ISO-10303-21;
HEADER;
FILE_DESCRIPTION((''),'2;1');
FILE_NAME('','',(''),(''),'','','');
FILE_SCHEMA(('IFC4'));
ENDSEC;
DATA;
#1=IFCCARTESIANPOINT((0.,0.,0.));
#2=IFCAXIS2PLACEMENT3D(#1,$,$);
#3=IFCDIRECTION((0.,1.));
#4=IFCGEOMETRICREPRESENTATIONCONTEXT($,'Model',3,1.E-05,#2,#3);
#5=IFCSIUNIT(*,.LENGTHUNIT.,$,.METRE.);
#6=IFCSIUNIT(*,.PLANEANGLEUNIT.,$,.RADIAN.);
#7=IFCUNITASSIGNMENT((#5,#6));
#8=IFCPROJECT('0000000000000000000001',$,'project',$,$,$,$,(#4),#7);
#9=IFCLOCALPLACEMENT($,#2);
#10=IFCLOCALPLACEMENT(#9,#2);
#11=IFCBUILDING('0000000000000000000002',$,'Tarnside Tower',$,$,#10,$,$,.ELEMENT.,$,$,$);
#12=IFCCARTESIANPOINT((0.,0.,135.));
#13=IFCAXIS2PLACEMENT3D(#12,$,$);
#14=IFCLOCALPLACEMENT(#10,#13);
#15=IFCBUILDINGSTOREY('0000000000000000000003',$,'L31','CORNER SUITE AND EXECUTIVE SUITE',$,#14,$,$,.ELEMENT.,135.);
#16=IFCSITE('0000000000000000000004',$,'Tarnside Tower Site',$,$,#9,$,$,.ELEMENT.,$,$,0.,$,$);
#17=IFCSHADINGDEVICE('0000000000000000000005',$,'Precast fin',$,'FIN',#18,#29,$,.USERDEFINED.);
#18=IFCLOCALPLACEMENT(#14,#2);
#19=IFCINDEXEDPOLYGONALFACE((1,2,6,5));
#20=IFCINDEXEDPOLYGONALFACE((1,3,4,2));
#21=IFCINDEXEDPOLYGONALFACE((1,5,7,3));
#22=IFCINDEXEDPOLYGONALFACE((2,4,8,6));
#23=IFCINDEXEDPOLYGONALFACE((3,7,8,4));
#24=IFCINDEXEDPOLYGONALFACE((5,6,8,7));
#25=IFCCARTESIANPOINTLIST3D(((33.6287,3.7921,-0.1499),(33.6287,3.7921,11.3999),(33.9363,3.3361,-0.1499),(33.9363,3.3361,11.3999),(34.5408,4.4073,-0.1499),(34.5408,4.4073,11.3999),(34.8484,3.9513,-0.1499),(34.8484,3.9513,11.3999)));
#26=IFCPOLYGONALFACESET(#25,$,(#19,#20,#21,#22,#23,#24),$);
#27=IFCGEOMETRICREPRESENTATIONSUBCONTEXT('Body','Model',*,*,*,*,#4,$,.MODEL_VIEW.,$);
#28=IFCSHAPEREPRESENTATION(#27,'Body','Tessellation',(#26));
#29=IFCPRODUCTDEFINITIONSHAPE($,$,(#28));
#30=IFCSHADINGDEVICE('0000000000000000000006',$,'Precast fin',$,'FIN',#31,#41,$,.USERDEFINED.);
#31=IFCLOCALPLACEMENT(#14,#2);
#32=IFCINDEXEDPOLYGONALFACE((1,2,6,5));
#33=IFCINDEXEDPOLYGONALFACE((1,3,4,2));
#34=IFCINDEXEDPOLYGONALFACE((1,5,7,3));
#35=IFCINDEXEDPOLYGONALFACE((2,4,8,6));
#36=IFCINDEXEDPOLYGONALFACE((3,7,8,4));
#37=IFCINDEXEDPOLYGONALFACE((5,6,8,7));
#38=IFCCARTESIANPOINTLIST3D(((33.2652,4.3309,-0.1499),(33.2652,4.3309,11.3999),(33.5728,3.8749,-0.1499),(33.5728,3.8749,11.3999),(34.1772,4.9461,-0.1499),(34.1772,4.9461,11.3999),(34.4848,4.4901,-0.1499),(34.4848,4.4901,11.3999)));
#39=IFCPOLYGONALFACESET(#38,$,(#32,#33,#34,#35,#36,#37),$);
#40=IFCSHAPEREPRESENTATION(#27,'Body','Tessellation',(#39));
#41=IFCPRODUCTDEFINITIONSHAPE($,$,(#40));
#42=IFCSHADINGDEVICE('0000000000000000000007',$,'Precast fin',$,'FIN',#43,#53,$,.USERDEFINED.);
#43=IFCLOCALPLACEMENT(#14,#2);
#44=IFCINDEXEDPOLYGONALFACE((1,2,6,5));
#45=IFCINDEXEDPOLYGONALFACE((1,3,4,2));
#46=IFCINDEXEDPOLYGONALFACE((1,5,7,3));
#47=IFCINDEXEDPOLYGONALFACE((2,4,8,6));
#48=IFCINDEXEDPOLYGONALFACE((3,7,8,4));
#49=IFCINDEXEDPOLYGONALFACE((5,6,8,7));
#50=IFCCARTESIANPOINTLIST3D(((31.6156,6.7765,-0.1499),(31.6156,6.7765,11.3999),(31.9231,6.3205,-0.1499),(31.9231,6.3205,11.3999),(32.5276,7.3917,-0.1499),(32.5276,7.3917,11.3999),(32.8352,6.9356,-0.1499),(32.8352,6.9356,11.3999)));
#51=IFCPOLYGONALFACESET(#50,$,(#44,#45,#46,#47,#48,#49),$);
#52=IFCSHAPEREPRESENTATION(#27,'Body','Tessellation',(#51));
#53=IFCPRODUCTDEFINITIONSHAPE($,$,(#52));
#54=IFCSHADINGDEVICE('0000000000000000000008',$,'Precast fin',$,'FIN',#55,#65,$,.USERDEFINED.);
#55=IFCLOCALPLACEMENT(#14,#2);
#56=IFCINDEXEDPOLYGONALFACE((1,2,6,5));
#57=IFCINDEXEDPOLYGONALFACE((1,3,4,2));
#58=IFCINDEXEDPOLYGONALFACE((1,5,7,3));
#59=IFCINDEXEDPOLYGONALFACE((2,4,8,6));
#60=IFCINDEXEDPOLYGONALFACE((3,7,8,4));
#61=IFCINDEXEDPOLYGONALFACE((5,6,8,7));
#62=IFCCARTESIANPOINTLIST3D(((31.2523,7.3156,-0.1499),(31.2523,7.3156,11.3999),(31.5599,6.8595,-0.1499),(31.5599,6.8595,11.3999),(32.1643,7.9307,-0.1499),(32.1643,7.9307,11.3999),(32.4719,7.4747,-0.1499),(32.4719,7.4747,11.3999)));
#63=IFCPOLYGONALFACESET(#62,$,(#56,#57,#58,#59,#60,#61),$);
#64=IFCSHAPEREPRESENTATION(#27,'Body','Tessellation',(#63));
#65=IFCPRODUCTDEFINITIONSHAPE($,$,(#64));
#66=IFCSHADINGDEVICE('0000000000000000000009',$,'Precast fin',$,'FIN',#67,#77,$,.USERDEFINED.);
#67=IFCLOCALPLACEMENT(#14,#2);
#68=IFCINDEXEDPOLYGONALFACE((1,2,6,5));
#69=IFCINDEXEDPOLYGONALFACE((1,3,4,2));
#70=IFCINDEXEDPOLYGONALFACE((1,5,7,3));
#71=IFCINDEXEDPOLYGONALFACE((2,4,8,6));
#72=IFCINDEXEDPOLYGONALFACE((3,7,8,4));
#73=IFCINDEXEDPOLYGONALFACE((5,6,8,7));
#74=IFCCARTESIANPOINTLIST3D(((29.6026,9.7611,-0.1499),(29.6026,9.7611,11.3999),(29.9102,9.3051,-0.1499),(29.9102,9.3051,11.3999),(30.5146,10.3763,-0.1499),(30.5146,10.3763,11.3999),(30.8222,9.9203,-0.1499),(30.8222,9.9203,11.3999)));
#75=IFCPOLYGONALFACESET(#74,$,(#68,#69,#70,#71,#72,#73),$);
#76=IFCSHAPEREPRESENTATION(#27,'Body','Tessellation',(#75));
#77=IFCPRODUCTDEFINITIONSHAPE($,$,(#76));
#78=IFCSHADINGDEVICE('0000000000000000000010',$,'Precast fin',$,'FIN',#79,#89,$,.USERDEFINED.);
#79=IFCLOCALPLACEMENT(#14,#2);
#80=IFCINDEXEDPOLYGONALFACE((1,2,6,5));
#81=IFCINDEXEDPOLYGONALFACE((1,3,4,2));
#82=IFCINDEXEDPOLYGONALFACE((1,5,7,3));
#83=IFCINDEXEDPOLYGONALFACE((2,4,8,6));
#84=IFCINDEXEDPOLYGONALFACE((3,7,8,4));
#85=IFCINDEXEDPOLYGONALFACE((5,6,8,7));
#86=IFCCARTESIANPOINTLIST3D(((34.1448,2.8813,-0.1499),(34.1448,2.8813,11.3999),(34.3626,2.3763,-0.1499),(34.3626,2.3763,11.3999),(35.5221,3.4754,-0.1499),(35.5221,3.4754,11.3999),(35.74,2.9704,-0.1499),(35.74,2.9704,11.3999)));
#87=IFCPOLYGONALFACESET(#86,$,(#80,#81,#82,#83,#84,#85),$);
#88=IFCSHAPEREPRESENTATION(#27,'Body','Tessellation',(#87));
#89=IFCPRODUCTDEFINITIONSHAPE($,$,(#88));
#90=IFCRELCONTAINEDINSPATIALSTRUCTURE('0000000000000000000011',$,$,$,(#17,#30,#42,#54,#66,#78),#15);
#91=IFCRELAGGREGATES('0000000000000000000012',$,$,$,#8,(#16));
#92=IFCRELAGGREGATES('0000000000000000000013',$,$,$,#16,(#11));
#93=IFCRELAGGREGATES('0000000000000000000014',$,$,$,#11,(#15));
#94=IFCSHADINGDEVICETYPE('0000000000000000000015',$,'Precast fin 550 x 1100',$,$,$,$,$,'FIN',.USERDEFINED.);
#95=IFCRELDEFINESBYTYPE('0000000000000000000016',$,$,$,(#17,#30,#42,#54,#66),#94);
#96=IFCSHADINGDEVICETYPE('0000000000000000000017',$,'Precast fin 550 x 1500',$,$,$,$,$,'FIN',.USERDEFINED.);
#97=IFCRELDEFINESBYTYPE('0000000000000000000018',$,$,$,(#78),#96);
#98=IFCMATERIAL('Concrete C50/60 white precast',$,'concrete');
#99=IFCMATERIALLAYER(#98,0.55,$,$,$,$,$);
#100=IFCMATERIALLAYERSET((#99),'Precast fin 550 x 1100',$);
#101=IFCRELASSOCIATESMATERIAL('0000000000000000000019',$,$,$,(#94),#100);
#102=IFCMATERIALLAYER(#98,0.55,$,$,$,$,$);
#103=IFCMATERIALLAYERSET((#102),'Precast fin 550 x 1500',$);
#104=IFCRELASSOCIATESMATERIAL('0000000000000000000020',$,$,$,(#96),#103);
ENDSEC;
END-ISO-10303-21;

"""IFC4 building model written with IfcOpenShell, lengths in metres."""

from ifc_helpers import new_model, si_unit, direction, frame, origin, place, context, subcontext, project, spatial, polyline, outline, extrude, material, layer, layer_set, type_object, element, save


model = new_model("IFC4")

# Units and contexts
model_context = context("Model", 3, precision=1e-05, world=origin(), true_north=direction((0.0, 1.0)))
body_context = subcontext(model_context, "Body", "Model", "MODEL_VIEW")
ifc_project = project(units=[si_unit("LENGTHUNIT", "METRE"), si_unit("PLANEANGLEUNIT", "RADIAN")], contexts=[model_context])

# Site, building, storey
site_placement = place(None, origin())
site = spatial("IfcSite", under=ifc_project, at=site_placement, Name="Tarnside Tower Site", CompositionType="ELEMENT", RefElevation=0.0)
building_placement = place(site_placement, origin())
building = spatial("IfcBuilding", under=site, at=building_placement, Name="Tarnside Tower", CompositionType="ELEMENT")
storey_placement = place(building_placement, frame((0.0, 0.0, 135.0)))
storey = spatial("IfcBuildingStorey", under=building, at=storey_placement, Name="L31", Description="CORNER SUITE AND EXECUTIVE SUITE", CompositionType="ELEMENT", Elevation=135.0)

# Shading devices
ifc_material_1 = material(Name="Concrete C50/60 white precast", Category="concrete")
ifc_layer_1 = layer(ifc_material_1, 0.55)
ifc_layer_set_1 = layer_set([ifc_layer_1], Name="Precast fin 550 x 1100")
shading_device_type_1 = type_object("IfcShadingDeviceType", Name="Precast fin 550 x 1100", ElementType="FIN", PredefinedType="USERDEFINED", material=ifc_layer_set_1)
for number, where, z_axis, x_axis, name in (
    (1, (33.7825, 3.5642, -0.1499), (0.559193, -0.829038, 0.0), (0.829038, 0.559193, 0.0), "Precast fin"),
    (2, (33.4189, 4.103, -0.1499), (0.559193, -0.829038, 0.0), (0.829038, 0.559193, 0.0), "Precast fin"),
    (3, (31.7693, 6.5486, -0.1499), (0.559193, -0.829038, 0.0), (0.829038, 0.559193, 0.0), "Precast fin"),
    (4, (31.406, 7.0876, -0.1499), (0.559193, -0.829038, 0.0), (0.829038, 0.559193, 0.0), "Precast fin"),
    (5, (29.7563, 9.5332, -0.1499), (0.559193, -0.829038, 0.0), (0.829038, 0.559193, 0.0), "Precast fin"),
):
    element("IfcShadingDevice", number, at=place(storey_placement, frame(where, z_axis=z_axis, x_axis=x_axis)), inside=storey, type_object=shading_device_type_1, Name=name, ObjectType="FIN", PredefinedType="USERDEFINED", context=body_context, shape_type="SweptSolid", body=[
        extrude(outline(polyline([(0.0, 0.0), (1.1001, 0.0), (1.1001, 11.5498), (0.0, 11.5498), (0.0, 0.0)])), frame((0.0, 0.0, -0.2749)), (0.0, 0.0, 1.0), 0.55),
    ])
ifc_layer_2 = layer(ifc_material_1, 0.55)
ifc_layer_set_2 = layer_set([ifc_layer_2], Name="Precast fin 550 x 1500")
shading_device_type_2 = type_object("IfcShadingDeviceType", Name="Precast fin 550 x 1500", ElementType="FIN", PredefinedType="USERDEFINED", material=ifc_layer_set_2)
shading_device_placement = place(storey_placement, frame((34.2537, 2.6289, -0.1499), z_axis=(0.39608, -0.918216, 0.0), x_axis=(0.918216, 0.39608, 0.0)))
element("IfcShadingDevice", 6, at=shading_device_placement, inside=storey, type_object=shading_device_type_2, Name="Precast fin", ObjectType="FIN", PredefinedType="USERDEFINED", context=body_context, shape_type="SweptSolid", body=[
    extrude(outline(polyline([(0.0, 0.0), (1.5, 0.0), (1.5, 11.5498), (0.0, 11.5498), (0.0, 0.0)])), frame((0.0, 0.0, -0.2749)), (0.0, 0.0, 1.0), 0.55),
])

save(model, "model.ifc")
